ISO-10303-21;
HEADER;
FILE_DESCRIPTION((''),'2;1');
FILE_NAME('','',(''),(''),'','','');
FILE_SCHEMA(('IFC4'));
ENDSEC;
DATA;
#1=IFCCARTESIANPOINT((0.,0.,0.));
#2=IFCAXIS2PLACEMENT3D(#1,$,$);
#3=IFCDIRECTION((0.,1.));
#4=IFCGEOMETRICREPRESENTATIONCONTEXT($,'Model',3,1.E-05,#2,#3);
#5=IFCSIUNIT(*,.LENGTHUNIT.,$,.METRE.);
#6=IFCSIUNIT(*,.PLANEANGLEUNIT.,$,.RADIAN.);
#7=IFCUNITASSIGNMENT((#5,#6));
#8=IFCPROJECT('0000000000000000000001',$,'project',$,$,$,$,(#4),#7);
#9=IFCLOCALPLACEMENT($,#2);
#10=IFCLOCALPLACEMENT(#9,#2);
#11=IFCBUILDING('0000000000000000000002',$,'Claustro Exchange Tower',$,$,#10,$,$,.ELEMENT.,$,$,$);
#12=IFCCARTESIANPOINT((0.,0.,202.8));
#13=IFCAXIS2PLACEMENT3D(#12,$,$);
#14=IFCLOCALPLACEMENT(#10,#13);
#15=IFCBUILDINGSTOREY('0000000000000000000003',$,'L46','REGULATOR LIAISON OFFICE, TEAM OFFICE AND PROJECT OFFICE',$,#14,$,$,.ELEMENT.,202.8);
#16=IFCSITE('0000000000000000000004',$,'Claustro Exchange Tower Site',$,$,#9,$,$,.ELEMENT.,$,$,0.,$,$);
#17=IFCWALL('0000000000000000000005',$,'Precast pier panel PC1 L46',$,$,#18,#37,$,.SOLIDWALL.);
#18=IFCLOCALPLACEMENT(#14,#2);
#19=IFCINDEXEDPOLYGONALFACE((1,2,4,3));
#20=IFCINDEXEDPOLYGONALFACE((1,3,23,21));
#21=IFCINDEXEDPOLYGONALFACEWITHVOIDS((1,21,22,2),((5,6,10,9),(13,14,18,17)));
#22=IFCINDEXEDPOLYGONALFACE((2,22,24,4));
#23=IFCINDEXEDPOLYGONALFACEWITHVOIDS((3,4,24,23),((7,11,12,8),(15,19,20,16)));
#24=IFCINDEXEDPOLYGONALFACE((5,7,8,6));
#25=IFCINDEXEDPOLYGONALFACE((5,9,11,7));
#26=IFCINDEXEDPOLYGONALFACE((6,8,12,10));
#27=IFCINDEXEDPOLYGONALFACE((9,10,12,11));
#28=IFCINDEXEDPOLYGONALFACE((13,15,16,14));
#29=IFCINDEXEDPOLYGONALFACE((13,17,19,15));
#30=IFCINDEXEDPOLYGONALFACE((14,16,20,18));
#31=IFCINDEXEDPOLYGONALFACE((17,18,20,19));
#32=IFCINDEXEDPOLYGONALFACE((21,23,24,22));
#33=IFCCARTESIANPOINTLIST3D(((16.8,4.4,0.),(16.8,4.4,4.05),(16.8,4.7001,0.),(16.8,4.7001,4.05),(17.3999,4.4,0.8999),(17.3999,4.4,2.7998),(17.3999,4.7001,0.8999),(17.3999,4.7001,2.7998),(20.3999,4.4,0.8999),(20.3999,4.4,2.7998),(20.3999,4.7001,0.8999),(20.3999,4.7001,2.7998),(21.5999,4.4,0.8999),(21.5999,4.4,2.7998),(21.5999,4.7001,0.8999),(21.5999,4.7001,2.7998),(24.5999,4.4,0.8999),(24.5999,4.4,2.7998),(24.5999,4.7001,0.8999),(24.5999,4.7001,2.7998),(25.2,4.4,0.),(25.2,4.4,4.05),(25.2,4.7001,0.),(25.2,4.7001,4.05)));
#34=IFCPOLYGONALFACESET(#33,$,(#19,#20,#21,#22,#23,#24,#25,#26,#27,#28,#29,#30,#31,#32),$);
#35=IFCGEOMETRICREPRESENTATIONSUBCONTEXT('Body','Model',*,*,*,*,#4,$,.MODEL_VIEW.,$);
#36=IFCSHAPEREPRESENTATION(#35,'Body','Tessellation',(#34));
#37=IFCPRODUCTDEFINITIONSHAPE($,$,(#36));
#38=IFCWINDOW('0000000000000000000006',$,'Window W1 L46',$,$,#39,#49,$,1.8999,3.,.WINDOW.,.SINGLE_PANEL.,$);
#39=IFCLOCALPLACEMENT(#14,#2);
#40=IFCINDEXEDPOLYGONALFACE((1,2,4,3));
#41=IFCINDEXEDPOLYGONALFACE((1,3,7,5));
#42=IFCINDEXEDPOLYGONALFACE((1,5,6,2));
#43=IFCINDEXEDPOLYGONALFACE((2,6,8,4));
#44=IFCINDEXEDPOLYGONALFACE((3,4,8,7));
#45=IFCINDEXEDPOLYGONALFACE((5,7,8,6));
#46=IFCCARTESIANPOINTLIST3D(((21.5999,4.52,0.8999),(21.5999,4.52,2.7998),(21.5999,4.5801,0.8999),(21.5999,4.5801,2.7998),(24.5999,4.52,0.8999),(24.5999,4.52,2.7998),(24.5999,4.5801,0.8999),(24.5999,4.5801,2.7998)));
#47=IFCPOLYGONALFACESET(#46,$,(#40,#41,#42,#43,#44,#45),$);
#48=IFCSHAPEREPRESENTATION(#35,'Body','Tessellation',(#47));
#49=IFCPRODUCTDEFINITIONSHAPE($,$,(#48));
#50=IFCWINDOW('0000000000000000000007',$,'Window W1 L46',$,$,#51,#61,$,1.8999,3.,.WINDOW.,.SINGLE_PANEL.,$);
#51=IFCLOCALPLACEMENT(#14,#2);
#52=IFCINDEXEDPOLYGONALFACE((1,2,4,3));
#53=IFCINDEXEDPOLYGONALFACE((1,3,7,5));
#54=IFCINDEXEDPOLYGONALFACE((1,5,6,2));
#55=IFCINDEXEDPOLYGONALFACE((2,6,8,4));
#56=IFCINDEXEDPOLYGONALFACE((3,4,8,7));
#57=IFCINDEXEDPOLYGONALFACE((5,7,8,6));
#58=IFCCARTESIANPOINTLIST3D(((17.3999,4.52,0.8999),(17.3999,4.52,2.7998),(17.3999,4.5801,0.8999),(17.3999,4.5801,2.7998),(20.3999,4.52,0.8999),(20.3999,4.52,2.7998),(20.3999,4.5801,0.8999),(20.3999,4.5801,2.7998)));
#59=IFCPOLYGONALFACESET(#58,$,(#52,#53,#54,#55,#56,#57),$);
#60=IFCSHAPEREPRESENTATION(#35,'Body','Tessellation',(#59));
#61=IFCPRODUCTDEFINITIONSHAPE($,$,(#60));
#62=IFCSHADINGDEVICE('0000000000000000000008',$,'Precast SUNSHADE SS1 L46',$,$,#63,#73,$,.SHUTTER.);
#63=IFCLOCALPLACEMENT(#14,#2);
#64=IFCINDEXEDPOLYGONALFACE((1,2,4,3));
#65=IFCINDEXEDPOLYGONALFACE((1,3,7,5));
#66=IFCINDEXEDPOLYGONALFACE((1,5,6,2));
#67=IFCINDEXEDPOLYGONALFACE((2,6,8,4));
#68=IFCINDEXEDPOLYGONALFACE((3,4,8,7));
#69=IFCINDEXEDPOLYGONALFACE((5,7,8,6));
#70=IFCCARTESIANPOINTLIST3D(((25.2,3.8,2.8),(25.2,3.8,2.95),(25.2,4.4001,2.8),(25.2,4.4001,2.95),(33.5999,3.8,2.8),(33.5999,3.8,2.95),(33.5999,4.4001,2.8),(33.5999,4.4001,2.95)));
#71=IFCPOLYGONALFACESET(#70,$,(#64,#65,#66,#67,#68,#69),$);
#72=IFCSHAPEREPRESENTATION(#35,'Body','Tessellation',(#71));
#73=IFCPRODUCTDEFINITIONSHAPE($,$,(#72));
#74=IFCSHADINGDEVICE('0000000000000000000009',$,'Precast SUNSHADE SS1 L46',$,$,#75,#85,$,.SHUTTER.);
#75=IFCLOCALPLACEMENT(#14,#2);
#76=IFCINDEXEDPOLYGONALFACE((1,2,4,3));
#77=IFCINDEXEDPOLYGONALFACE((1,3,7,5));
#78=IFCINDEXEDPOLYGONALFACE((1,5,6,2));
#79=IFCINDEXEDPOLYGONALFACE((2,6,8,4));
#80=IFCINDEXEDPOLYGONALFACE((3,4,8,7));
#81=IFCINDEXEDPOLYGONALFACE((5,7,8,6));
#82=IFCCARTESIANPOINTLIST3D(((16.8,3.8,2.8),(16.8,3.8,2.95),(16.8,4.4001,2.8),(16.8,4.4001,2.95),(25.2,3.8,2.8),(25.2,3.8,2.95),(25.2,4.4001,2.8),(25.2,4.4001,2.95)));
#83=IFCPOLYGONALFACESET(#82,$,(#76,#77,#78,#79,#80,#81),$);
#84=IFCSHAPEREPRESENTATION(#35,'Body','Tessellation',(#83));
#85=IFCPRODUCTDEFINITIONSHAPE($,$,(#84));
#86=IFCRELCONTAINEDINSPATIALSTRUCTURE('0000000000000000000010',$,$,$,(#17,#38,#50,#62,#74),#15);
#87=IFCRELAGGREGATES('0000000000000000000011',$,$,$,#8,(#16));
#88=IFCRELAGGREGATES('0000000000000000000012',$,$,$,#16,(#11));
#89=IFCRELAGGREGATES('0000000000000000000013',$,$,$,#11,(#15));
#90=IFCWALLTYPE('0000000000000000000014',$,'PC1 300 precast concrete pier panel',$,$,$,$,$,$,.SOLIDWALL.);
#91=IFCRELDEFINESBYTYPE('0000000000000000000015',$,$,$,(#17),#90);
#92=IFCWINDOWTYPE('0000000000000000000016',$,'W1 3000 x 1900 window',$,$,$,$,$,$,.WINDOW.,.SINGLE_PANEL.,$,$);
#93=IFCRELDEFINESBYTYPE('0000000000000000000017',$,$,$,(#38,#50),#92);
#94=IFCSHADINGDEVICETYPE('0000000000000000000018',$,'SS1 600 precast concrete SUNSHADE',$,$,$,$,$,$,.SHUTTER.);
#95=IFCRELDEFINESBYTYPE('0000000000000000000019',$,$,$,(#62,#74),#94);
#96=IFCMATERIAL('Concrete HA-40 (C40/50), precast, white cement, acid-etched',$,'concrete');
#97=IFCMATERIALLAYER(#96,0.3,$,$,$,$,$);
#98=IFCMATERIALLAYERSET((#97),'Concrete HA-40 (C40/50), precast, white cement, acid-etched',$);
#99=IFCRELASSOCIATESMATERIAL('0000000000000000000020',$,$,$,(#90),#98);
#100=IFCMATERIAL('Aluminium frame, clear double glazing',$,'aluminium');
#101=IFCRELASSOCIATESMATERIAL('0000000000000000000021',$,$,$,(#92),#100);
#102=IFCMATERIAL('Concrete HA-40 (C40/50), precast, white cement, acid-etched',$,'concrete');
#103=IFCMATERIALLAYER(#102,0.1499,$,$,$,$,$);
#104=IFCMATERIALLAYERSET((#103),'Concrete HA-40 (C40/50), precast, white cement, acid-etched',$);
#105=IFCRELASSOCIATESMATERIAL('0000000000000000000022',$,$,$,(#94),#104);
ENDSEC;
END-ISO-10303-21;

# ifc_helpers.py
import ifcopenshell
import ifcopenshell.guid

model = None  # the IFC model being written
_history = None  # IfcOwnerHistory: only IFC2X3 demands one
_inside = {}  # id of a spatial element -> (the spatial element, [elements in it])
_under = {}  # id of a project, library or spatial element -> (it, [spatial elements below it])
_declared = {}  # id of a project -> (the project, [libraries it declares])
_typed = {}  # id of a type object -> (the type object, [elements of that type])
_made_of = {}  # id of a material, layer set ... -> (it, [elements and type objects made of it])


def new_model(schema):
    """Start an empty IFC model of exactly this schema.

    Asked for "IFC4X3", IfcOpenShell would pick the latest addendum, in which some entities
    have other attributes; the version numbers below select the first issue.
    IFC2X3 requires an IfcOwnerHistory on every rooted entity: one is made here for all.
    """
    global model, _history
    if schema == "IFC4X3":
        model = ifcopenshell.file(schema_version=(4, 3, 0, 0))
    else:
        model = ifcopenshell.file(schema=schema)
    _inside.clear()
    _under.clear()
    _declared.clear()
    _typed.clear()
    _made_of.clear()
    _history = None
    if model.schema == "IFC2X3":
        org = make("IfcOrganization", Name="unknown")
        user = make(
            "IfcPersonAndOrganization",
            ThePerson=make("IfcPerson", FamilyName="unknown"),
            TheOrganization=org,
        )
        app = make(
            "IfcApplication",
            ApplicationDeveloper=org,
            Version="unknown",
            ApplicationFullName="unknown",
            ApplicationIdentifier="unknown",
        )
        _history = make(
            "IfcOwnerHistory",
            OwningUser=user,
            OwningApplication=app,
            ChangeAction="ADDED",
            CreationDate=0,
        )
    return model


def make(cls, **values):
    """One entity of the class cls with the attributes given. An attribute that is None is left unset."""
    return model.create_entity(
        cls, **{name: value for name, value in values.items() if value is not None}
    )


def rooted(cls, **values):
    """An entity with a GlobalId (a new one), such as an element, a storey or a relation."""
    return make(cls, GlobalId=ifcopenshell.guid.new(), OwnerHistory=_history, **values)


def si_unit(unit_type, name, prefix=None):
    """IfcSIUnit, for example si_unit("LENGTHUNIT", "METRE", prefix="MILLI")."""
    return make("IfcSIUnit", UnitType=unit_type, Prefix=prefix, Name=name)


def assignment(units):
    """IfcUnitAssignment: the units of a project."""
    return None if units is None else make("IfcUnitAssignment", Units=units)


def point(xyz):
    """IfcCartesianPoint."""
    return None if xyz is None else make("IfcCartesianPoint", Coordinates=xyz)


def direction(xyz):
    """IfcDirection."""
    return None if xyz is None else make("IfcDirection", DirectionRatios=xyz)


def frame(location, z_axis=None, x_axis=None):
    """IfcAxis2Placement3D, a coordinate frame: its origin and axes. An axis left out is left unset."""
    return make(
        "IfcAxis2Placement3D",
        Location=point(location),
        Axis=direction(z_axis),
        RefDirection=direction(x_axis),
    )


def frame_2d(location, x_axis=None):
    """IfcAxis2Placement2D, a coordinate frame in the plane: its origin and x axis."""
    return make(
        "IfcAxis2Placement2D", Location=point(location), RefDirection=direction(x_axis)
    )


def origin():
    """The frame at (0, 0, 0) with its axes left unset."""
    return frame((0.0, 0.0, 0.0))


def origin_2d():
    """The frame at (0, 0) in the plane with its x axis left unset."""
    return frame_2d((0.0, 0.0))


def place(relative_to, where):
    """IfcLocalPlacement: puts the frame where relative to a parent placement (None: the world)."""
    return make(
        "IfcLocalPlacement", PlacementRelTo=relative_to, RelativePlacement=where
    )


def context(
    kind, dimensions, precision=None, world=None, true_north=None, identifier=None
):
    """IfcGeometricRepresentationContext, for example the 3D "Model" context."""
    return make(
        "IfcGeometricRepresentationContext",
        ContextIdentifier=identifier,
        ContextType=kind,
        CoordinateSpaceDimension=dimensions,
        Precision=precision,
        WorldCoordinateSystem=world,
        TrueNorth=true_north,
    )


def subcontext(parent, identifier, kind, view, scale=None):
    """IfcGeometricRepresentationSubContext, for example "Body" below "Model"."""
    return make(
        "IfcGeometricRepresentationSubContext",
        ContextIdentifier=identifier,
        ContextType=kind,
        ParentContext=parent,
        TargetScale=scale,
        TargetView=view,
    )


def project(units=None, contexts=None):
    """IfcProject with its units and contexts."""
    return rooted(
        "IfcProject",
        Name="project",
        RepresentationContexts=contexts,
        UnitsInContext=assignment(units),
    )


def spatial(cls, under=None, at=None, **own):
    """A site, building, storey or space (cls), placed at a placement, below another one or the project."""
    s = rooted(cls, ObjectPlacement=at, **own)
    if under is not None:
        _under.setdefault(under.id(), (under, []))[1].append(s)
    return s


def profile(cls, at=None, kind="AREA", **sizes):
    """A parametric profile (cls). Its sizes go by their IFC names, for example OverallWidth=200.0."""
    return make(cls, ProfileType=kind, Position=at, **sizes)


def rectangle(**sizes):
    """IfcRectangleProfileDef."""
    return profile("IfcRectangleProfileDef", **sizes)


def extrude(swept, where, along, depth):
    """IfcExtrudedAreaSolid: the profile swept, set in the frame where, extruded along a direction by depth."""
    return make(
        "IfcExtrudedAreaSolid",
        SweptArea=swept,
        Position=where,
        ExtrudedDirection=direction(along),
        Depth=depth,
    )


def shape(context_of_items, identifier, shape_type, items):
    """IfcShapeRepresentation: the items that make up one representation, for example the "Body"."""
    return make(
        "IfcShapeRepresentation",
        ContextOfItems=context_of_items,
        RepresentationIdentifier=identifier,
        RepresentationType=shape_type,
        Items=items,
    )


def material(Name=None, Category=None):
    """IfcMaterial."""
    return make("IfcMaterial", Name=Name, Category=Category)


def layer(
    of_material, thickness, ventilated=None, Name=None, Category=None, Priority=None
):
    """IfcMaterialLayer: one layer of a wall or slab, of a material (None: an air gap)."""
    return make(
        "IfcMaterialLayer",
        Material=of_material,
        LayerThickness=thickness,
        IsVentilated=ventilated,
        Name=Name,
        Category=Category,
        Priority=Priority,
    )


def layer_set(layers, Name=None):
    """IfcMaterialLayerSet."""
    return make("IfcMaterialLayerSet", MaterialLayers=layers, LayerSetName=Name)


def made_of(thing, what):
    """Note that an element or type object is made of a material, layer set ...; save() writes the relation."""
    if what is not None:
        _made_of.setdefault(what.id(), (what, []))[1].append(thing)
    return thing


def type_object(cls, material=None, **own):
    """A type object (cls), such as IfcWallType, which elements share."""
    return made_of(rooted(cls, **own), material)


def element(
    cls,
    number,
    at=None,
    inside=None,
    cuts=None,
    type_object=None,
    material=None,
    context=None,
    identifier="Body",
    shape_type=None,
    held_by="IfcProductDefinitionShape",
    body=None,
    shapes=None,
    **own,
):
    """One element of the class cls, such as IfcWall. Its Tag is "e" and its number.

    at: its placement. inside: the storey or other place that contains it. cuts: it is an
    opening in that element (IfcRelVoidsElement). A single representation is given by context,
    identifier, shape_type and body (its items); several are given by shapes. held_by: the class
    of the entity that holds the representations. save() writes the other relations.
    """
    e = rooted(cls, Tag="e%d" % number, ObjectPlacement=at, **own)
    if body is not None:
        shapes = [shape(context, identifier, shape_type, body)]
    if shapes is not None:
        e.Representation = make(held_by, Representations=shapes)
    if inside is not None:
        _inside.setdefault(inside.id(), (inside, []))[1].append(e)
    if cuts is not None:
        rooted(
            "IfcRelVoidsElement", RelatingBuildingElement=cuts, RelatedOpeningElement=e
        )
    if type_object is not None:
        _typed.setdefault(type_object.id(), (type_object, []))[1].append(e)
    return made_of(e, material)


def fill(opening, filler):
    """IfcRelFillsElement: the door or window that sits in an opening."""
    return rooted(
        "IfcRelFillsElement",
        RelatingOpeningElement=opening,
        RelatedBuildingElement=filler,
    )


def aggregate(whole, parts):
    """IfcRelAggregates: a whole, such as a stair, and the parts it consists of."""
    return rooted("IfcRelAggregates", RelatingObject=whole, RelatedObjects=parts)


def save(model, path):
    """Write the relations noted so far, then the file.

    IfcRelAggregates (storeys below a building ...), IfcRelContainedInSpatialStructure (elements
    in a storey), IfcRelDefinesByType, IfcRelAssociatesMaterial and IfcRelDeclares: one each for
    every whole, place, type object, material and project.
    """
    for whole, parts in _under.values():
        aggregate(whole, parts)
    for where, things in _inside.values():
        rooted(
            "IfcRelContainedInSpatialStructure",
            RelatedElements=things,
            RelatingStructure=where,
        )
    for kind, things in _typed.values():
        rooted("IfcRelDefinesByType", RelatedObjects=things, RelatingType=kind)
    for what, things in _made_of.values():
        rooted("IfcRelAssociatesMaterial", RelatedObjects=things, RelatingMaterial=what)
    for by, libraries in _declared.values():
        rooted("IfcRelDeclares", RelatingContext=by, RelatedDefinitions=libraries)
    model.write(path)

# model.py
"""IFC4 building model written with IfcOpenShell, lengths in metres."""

from ifc_helpers import new_model, si_unit, direction, frame, frame_2d, origin, origin_2d, place, context, subcontext, project, spatial, rectangle, extrude, material, layer, layer_set, type_object, element, fill, save


model = new_model("IFC4")

# Units and contexts
model_context = context("Model", 3, precision=1e-05, world=origin(), true_north=direction((0.0, 1.0)))
body_context = subcontext(model_context, "Body", "Model", "MODEL_VIEW")
ifc_project = project(units=[si_unit("LENGTHUNIT", "METRE"), si_unit("PLANEANGLEUNIT", "RADIAN")], contexts=[model_context])

# Site, building, storey
site_placement = place(None, origin())
site = spatial("IfcSite", under=ifc_project, at=site_placement, Name="Claustro Exchange Tower Site", CompositionType="ELEMENT", RefElevation=0.0)
building_placement = place(site_placement, origin())
building = spatial("IfcBuilding", under=site, at=building_placement, Name="Claustro Exchange Tower", CompositionType="ELEMENT")
storey_placement = place(building_placement, frame((0.0, 0.0, 202.8)))
storey = spatial("IfcBuildingStorey", under=building, at=storey_placement, Name="L46", Description="REGULATOR LIAISON OFFICE, TEAM OFFICE AND PROJECT OFFICE", CompositionType="ELEMENT", Elevation=202.8)

# Wall, openings, windows
ifc_material_1 = material(Name="Concrete HA-40 (C40/50), precast, white cement, acid-etched", Category="concrete")
ifc_layer_1 = layer(ifc_material_1, 0.3)
ifc_layer_set_1 = layer_set([ifc_layer_1], Name="Concrete HA-40 (C40/50), precast, white cement, acid-etched")
wall_type_1 = type_object("IfcWallType", Name="PC1 300 precast concrete pier panel", PredefinedType="SOLIDWALL", material=ifc_layer_set_1)
ifc_material_2 = material(Name="Aluminium frame, clear double glazing", Category="aluminium")
window_type = type_object("IfcWindowType", Name="W1 3000 x 1900 window", PartitioningType="SINGLE_PANEL", PredefinedType="WINDOW", material=ifc_material_2)
wall_1_placement = place(storey_placement, frame((25.2, 4.55, 0.0), z_axis=(0.0, 0.0, 1.0), x_axis=(-1.0, 0.0, 0.0)))
wall_1 = element("IfcWall", 1, at=wall_1_placement, inside=storey, type_object=wall_type_1, Name="Precast pier panel PC1 L46", PredefinedType="SOLIDWALL", context=body_context, shape_type="SweptSolid", body=[
    extrude(rectangle(XDim=8.3999, YDim=0.3, at=frame_2d((4.2, 0.0))), origin(), (0.0, 0.0, 1.0), 4.05),
])
opening_1_placement = place(wall_1_placement, frame((0.6001, 0.0, 0.8999)))
opening_1 = element("IfcOpeningElement", 2, at=opening_1_placement, cuts=wall_1, PredefinedType="OPENING", context=body_context, shape_type="SweptSolid", body=[
    extrude(rectangle(XDim=3.0, YDim=1.8999, at=frame_2d((1.5, 0.95))), frame((0.0, 0.1599, 0.0), z_axis=(0.0, -1.0, 0.0), x_axis=(1.0, 0.0, 0.0)), (0.0, 0.0, 1.0), 0.3201),
])
opening_2_placement = place(wall_1_placement, frame((4.8, 0.0, 0.8999)))
opening_2 = element("IfcOpeningElement", 3, at=opening_2_placement, cuts=wall_1, PredefinedType="OPENING", context=body_context, shape_type="SweptSolid", body=[
    extrude(rectangle(XDim=3.0, YDim=1.8999, at=frame_2d((1.5, 0.95))), frame((0.0, 0.1599, 0.0), z_axis=(0.0, -1.0, 0.0), x_axis=(1.0, 0.0, 0.0)), (0.0, 0.0, 1.0), 0.3201),
])
window_1_placement = place(opening_1_placement, origin())
window_1 = element("IfcWindow", 4, at=window_1_placement, inside=storey, type_object=window_type, Name="Window W1 L46", OverallHeight=1.8999, OverallWidth=3.0, PartitioningType="SINGLE_PANEL", PredefinedType="WINDOW", context=body_context, shape_type="SweptSolid", body=[
    extrude(rectangle(XDim=3.0, YDim=1.8999, at=frame_2d((1.5, 0.95))), frame((0.0, 0.03, 0.0), z_axis=(0.0, -1.0, 0.0), x_axis=(1.0, 0.0, 0.0)), (0.0, 0.0, 1.0), 0.0601),
])
fill(opening_1, window_1)
window_2_placement = place(opening_2_placement, origin())
window_2 = element("IfcWindow", 5, at=window_2_placement, inside=storey, type_object=window_type, Name="Window W1 L46", OverallHeight=1.8999, OverallWidth=3.0, PartitioningType="SINGLE_PANEL", PredefinedType="WINDOW", context=body_context, shape_type="SweptSolid", body=[
    extrude(rectangle(XDim=3.0, YDim=1.8999, at=frame_2d((1.5, 0.95))), frame((0.0, 0.03, 0.0), z_axis=(0.0, -1.0, 0.0), x_axis=(1.0, 0.0, 0.0)), (0.0, 0.0, 1.0), 0.0601),
])
fill(opening_2, window_2)

# Shading devices
ifc_material_3 = material(Name="Concrete HA-40 (C40/50), precast, white cement, acid-etched", Category="concrete")
ifc_layer_2 = layer(ifc_material_3, 0.1499)
ifc_layer_set_2 = layer_set([ifc_layer_2], Name="Concrete HA-40 (C40/50), precast, white cement, acid-etched")
shading_device_type = type_object("IfcShadingDeviceType", Name="SS1 600 precast concrete SUNSHADE", PredefinedType="SHUTTER", material=ifc_layer_set_2)
for number, where, z_axis, x_axis, name in (
    (6, (29.3999, 4.1001, 2.8), (0.0, 0.0, 1.0), (-1.0, 0.0, 0.0), "Precast SUNSHADE SS1 L46"),
    (7, (21.0, 4.1001, 2.8), (0.0, 0.0, 1.0), (-1.0, 0.0, 0.0), "Precast SUNSHADE SS1 L46"),
):
    element("IfcShadingDevice", number, at=place(storey_placement, frame(where, z_axis=z_axis, x_axis=x_axis)), inside=storey, type_object=shading_device_type, Name=name, PredefinedType="SHUTTER", context=body_context, shape_type="SweptSolid", body=[
        extrude(rectangle(XDim=8.3999, YDim=0.6001, at=origin_2d()), origin(), (0.0, 0.0, 1.0), 0.1499),
    ])

save(model, "model.ifc")
